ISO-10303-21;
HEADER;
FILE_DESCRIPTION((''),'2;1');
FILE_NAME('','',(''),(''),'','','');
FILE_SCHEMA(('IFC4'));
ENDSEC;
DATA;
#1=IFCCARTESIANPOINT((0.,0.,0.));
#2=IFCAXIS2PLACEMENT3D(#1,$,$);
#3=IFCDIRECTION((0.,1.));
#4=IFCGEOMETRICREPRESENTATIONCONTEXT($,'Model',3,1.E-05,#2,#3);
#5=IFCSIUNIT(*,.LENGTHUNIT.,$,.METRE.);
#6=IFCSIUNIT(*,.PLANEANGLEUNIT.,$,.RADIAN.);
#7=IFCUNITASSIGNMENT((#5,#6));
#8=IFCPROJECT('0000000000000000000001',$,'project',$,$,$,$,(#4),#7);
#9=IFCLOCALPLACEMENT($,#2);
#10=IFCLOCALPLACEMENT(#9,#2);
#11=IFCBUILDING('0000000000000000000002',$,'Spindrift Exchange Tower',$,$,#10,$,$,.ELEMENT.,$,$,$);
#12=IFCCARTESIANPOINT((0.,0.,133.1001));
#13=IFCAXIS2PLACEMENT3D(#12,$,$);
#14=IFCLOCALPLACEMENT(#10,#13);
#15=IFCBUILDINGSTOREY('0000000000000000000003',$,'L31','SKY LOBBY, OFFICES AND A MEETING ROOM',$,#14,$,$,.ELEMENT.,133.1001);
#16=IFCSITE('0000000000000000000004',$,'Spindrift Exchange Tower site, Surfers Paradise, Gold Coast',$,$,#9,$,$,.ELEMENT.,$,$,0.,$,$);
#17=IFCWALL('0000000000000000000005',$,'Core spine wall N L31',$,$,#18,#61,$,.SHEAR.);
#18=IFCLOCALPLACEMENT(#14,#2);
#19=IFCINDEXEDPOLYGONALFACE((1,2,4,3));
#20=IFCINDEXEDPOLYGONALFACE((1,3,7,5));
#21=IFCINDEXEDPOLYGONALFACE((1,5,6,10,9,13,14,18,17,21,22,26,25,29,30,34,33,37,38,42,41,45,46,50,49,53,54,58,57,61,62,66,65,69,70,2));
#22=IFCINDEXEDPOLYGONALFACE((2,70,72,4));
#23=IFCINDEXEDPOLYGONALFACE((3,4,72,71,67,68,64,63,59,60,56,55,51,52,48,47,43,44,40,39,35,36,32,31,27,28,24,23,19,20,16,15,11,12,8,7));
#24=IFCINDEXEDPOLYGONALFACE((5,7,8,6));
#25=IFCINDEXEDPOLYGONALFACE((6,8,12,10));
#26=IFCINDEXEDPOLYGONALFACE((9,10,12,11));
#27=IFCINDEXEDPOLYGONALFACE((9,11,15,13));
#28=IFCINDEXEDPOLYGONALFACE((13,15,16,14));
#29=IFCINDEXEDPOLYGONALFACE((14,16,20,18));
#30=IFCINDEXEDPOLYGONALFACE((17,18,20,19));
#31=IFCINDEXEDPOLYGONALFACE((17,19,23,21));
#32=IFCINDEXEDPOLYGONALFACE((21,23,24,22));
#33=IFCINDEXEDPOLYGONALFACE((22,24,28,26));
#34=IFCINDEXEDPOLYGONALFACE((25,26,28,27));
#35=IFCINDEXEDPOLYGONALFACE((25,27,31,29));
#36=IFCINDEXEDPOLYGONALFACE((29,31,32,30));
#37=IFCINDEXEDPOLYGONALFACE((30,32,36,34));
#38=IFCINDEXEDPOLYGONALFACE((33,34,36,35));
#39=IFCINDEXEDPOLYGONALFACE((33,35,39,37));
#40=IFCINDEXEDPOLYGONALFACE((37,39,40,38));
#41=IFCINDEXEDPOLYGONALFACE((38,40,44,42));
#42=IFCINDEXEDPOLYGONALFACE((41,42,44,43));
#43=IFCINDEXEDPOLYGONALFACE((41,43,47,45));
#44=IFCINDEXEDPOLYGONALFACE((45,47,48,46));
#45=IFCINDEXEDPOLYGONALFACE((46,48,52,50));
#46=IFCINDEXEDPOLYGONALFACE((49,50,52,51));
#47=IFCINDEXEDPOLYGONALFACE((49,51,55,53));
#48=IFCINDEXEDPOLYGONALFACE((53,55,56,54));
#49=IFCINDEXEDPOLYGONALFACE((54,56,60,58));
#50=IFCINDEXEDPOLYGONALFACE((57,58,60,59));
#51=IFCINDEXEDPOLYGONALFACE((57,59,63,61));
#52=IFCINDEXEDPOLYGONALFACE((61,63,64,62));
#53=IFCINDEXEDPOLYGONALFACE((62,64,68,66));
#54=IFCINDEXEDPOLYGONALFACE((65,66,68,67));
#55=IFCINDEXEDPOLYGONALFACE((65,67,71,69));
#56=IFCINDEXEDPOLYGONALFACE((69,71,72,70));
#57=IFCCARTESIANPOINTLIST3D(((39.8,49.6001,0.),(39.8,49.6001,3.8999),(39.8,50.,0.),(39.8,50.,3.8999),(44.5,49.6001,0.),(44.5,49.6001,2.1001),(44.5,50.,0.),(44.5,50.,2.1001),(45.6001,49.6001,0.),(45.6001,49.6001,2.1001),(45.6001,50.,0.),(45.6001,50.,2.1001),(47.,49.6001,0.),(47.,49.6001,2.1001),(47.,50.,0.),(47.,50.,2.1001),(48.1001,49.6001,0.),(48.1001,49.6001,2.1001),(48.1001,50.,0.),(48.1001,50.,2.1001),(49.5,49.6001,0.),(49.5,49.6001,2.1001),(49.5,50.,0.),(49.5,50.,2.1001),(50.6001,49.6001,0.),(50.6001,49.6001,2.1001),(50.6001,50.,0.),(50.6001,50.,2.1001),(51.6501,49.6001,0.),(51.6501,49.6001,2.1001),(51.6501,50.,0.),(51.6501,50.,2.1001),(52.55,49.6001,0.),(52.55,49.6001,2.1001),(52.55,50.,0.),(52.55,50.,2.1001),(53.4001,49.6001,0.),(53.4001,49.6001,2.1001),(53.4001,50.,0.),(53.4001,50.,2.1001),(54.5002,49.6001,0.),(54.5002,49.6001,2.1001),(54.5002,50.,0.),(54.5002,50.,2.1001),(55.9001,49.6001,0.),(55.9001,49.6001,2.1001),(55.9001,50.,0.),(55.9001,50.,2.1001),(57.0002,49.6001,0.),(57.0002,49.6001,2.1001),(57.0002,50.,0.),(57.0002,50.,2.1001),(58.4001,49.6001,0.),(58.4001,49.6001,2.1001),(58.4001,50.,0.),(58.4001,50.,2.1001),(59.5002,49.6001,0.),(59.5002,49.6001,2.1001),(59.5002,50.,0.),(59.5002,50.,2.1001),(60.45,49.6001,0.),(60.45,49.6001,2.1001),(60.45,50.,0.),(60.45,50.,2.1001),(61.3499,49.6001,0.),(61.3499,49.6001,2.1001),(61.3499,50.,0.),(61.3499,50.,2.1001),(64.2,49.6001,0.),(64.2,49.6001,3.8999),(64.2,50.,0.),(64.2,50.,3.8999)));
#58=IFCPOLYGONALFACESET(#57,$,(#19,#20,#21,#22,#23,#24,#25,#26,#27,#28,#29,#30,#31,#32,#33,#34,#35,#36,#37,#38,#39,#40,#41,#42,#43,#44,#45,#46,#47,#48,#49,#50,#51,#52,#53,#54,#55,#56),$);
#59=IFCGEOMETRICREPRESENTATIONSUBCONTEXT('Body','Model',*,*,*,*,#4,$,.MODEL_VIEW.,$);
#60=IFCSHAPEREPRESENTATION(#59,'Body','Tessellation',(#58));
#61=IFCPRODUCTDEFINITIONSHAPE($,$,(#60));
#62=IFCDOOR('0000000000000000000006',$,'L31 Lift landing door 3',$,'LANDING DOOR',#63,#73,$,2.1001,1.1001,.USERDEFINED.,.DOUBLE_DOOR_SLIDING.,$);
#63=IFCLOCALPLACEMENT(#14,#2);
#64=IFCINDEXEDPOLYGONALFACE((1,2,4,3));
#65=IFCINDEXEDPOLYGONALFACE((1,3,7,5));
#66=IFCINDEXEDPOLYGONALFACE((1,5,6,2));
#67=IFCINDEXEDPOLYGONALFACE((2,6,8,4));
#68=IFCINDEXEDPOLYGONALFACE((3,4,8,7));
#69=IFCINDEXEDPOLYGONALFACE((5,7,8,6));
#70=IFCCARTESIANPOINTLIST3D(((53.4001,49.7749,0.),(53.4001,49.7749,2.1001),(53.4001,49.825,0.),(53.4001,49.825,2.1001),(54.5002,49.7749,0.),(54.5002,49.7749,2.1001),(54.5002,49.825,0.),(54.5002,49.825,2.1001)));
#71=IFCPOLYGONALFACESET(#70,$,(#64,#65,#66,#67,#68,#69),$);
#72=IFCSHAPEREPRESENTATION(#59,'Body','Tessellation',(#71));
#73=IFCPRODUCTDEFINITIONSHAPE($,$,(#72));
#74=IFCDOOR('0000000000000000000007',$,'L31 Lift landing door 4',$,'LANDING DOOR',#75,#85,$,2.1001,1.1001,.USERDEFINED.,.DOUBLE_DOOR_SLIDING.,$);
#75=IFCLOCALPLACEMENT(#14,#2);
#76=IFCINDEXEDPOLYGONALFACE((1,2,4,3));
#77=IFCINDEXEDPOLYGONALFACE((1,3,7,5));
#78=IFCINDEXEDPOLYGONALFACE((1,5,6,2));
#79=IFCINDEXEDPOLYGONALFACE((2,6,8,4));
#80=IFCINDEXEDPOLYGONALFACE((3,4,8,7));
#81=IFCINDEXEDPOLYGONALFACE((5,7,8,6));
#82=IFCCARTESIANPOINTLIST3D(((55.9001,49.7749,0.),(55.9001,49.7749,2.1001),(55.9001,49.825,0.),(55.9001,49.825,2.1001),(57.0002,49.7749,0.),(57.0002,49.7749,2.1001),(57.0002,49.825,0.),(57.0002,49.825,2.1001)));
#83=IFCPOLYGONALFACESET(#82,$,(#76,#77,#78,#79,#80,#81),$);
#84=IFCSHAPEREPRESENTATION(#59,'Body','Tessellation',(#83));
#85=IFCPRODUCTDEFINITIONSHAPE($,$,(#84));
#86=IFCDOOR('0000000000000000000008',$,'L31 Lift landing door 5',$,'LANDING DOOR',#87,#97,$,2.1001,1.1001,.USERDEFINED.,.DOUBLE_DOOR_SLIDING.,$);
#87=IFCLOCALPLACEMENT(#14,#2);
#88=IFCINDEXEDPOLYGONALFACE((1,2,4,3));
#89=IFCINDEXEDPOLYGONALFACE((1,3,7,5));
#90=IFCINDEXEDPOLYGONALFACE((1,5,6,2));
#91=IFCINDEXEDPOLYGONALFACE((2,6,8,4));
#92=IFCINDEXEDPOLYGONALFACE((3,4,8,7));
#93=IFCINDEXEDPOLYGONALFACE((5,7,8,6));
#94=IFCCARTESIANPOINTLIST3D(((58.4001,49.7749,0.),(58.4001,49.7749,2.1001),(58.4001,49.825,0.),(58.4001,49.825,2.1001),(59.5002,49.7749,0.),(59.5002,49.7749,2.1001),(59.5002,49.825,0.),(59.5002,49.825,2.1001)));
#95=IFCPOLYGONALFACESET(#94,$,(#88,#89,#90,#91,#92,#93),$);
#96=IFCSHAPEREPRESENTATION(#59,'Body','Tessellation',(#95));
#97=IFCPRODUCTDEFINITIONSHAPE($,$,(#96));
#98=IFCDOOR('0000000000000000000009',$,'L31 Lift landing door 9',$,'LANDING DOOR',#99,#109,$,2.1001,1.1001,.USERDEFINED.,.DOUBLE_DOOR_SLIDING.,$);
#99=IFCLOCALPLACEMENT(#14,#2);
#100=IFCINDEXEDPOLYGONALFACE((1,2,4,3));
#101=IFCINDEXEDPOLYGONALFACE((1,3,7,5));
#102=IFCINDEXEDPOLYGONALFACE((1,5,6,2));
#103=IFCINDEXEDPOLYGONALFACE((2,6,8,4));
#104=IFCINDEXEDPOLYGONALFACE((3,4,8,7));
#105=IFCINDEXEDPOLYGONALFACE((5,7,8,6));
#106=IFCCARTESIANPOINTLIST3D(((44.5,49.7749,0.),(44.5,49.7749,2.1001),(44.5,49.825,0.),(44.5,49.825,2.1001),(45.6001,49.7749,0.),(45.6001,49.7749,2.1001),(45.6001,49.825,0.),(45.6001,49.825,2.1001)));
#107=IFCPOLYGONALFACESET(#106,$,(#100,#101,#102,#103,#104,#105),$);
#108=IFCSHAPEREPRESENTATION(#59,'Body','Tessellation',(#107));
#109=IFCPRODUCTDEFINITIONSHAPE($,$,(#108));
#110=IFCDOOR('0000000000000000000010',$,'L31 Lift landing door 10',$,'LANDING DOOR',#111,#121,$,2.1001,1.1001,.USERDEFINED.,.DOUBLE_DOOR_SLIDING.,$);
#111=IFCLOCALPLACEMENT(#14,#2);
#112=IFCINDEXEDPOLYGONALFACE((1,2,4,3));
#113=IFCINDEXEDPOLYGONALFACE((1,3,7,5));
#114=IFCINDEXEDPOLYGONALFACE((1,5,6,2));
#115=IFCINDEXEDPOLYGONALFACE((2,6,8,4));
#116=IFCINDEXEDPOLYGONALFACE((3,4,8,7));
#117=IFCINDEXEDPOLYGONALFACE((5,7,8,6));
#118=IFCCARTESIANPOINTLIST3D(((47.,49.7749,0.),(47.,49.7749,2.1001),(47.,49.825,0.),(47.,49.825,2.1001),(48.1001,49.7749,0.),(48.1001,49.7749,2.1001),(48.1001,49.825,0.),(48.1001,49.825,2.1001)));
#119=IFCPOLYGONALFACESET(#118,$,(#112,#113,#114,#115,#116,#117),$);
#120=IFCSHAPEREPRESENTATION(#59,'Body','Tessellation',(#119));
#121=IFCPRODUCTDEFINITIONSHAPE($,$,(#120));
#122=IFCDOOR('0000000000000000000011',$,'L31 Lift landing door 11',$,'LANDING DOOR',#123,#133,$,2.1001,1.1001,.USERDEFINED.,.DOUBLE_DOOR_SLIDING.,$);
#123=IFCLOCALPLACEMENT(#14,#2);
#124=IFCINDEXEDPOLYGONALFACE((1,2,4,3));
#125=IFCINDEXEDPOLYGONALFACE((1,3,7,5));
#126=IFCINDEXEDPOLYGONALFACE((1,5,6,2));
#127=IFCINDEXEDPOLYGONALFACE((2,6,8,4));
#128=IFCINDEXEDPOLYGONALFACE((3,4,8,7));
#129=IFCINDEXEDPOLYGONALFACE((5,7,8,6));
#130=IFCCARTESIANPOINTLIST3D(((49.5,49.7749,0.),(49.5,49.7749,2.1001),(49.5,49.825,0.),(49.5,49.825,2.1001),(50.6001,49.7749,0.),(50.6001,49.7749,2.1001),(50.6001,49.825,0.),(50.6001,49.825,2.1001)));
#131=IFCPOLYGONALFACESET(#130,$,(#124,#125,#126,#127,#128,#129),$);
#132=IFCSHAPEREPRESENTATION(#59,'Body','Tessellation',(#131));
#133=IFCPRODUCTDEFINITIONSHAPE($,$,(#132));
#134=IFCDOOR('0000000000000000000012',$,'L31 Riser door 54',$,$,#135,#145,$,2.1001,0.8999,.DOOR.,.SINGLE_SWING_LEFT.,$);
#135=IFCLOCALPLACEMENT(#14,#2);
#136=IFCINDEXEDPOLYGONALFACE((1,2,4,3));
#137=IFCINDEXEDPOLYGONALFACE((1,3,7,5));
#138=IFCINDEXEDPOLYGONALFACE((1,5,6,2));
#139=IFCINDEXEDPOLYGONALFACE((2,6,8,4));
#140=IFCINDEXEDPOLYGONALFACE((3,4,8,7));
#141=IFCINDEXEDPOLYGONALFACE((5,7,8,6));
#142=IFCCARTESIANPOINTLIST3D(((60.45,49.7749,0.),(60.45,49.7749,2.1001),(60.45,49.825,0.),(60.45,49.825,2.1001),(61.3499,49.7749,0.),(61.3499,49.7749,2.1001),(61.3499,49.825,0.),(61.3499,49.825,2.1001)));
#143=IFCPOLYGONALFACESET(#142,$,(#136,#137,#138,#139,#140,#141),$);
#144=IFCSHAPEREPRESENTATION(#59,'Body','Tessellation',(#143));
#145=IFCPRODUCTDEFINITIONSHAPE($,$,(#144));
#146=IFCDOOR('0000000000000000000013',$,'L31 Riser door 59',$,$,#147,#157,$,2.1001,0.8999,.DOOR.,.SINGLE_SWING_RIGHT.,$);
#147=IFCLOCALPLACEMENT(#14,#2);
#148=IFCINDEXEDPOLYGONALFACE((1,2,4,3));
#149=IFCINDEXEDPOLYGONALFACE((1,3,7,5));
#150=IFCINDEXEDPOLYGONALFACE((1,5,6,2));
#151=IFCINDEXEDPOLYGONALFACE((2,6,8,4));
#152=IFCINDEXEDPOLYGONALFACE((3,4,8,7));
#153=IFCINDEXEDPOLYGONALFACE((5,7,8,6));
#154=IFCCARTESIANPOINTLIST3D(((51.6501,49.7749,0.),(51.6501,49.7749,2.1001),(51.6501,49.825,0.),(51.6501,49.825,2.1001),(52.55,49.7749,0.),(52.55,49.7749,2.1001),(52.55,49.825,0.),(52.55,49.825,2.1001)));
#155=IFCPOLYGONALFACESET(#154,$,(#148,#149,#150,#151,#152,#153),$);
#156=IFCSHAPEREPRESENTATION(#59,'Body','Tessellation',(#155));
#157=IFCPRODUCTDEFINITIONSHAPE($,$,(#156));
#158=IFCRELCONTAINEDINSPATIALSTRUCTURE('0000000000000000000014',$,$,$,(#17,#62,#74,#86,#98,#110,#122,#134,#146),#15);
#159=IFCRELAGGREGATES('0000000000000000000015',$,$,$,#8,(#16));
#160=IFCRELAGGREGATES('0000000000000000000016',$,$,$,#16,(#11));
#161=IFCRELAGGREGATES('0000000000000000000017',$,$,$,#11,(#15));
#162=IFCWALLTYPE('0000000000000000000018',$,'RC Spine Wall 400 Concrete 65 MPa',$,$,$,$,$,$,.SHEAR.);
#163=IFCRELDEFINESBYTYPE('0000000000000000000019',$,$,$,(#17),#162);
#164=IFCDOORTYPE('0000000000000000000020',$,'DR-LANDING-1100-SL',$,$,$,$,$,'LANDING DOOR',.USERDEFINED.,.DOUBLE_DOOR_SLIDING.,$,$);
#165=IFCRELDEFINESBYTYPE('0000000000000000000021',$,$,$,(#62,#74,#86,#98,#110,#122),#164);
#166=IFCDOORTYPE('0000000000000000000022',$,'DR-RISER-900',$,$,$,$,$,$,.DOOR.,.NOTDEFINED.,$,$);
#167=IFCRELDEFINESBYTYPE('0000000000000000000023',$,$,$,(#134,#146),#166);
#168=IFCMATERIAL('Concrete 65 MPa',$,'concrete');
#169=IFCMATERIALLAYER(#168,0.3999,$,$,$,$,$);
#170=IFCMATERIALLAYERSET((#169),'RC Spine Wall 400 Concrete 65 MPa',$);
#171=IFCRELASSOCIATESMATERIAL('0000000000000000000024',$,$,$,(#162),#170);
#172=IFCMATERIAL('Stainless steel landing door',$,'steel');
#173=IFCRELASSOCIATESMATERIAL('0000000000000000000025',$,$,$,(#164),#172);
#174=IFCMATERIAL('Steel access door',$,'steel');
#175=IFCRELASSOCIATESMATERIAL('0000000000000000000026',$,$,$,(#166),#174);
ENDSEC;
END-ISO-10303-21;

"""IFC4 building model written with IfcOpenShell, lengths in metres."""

from ifc_helpers import new_model, si_unit, direction, frame, frame_2d, origin, place, context, subcontext, project, spatial, rectangle, extrude, source, transform, mapped, material, layer, layer_set, type_object, element, fill, save


model = new_model("IFC4")

# Units and contexts
model_context = context("Model", 3, precision=1e-05, world=origin(), true_north=direction((0.0, 1.0)))
body_context = subcontext(model_context, "Body", "Model", "MODEL_VIEW")
ifc_project = project(units=[si_unit("LENGTHUNIT", "METRE"), si_unit("PLANEANGLEUNIT", "RADIAN")], contexts=[model_context])

# Site, building, storey
site_placement = place(None, origin())
site = spatial("IfcSite", under=ifc_project, at=site_placement, Name="Spindrift Exchange Tower site, Surfers Paradise, Gold Coast", CompositionType="ELEMENT", RefElevation=0.0)
building_placement = place(site_placement, origin())
building = spatial("IfcBuilding", under=site, at=building_placement, Name="Spindrift Exchange Tower", CompositionType="ELEMENT")
storey_placement = place(building_placement, frame((0.0, 0.0, 133.1001)))
storey = spatial("IfcBuildingStorey", under=building, at=storey_placement, Name="L31", Description="SKY LOBBY, OFFICES AND A MEETING ROOM", CompositionType="ELEMENT", Elevation=133.1001)

# Wall, openings, doors
ifc_material_1 = material(Name="Concrete 65 MPa", Category="concrete")
ifc_layer = layer(ifc_material_1, 0.3999)
ifc_layer_set = layer_set([ifc_layer], Name="RC Spine Wall 400 Concrete 65 MPa")
wall_type = type_object("IfcWallType", Name="RC Spine Wall 400 Concrete 65 MPa", PredefinedType="SHEAR", material=ifc_layer_set)
wall_placement = place(storey_placement, frame((39.8, 49.8, 0.0), z_axis=(0.0, 0.0, 1.0), x_axis=(1.0, 0.0, 0.0)))
wall = element("IfcWall", 1, at=wall_placement, inside=storey, type_object=wall_type, Name="Core spine wall N L31", PredefinedType="SHEAR", context=body_context, shape_type="SweptSolid", body=[
    extrude(rectangle(XDim=24.3999, YDim=0.3999, at=frame_2d((12.2, 0.0))), origin(), (0.0, 0.0, 1.0), 3.8999),
])
opening_1_placement = place(wall_placement, frame((13.6001, 0.0, 0.0)))
opening_1 = element("IfcOpeningElement", 2, at=opening_1_placement, cuts=wall, PredefinedType="OPENING", context=body_context, shape_type="SweptSolid", body=[
    extrude(rectangle(XDim=1.1001, YDim=2.1001, at=frame_2d((0.55, 1.05))), frame((0.0, 0.21, 0.0), z_axis=(0.0, -1.0, 0.0), x_axis=(1.0, 0.0, 0.0)), (0.0, 0.0, 1.0), 0.4199),
])
opening_2_placement = place(wall_placement, frame((16.1001, 0.0, 0.0)))
opening_2 = element("IfcOpeningElement", 3, at=opening_2_placement, cuts=wall, PredefinedType="OPENING", context=body_context, shape_type="SweptSolid", body=[
    extrude(rectangle(XDim=1.1001, YDim=2.1001, at=frame_2d((0.55, 1.05))), frame((0.0, 0.21, 0.0), z_axis=(0.0, -1.0, 0.0), x_axis=(1.0, 0.0, 0.0)), (0.0, 0.0, 1.0), 0.4199),
])
opening_3_placement = place(wall_placement, frame((18.6001, 0.0, 0.0)))
opening_3 = element("IfcOpeningElement", 4, at=opening_3_placement, cuts=wall, PredefinedType="OPENING", context=body_context, shape_type="SweptSolid", body=[
    extrude(rectangle(XDim=1.1001, YDim=2.1001, at=frame_2d((0.55, 1.05))), frame((0.0, 0.21, 0.0), z_axis=(0.0, -1.0, 0.0), x_axis=(1.0, 0.0, 0.0)), (0.0, 0.0, 1.0), 0.4199),
])
opening_4_placement = place(wall_placement, frame((4.7, 0.0, 0.0)))
opening_4 = element("IfcOpeningElement", 5, at=opening_4_placement, cuts=wall, PredefinedType="OPENING", context=body_context, shape_type="SweptSolid", body=[
    extrude(rectangle(XDim=1.1001, YDim=2.1001, at=frame_2d((0.55, 1.05))), frame((0.0, 0.21, 0.0), z_axis=(0.0, -1.0, 0.0), x_axis=(1.0, 0.0, 0.0)), (0.0, 0.0, 1.0), 0.4199),
])
opening_5_placement = place(wall_placement, frame((7.2, 0.0, 0.0)))
opening_5 = element("IfcOpeningElement", 6, at=opening_5_placement, cuts=wall, PredefinedType="OPENING", context=body_context, shape_type="SweptSolid", body=[
    extrude(rectangle(XDim=1.1001, YDim=2.1001, at=frame_2d((0.55, 1.05))), frame((0.0, 0.21, 0.0), z_axis=(0.0, -1.0, 0.0), x_axis=(1.0, 0.0, 0.0)), (0.0, 0.0, 1.0), 0.4199),
])
opening_6_placement = place(wall_placement, frame((9.7, 0.0, 0.0)))
opening_6 = element("IfcOpeningElement", 7, at=opening_6_placement, cuts=wall, PredefinedType="OPENING", context=body_context, shape_type="SweptSolid", body=[
    extrude(rectangle(XDim=1.1001, YDim=2.1001, at=frame_2d((0.55, 1.05))), frame((0.0, 0.21, 0.0), z_axis=(0.0, -1.0, 0.0), x_axis=(1.0, 0.0, 0.0)), (0.0, 0.0, 1.0), 0.4199),
])
opening_7_placement = place(wall_placement, frame((20.6499, 0.0, 0.0)))
opening_7 = element("IfcOpeningElement", 8, at=opening_7_placement, cuts=wall, PredefinedType="OPENING", context=body_context, shape_type="SweptSolid", body=[
    extrude(rectangle(XDim=0.8999, YDim=2.1001, at=frame_2d((0.45, 1.05))), frame((0.0, 0.21, 0.0), z_axis=(0.0, -1.0, 0.0), x_axis=(1.0, 0.0, 0.0)), (0.0, 0.0, 1.0), 0.4199),
])
opening_8_placement = place(wall_placement, frame((11.8501, 0.0, 0.0)))
opening_8 = element("IfcOpeningElement", 9, at=opening_8_placement, cuts=wall, PredefinedType="OPENING", context=body_context, shape_type="SweptSolid", body=[
    extrude(rectangle(XDim=0.8999, YDim=2.1001, at=frame_2d((0.45, 1.05))), frame((0.0, 0.21, 0.0), z_axis=(0.0, -1.0, 0.0), x_axis=(1.0, 0.0, 0.0)), (0.0, 0.0, 1.0), 0.4199),
])
ifc_material_2 = material(Name="Stainless steel landing door", Category="steel")
door_type_1 = type_object("IfcDoorType", Name="DR-LANDING-1100-SL", ElementType="LANDING DOOR", OperationType="DOUBLE_DOOR_SLIDING", PredefinedType="USERDEFINED", material=ifc_material_2)
shared_shape_1 = source(origin(), body_context, "Body", "SweptSolid", [
    extrude(rectangle(XDim=1.1001, YDim=2.1001, at=frame_2d((0.55, 1.05))), frame((0.0, 0.0249, 0.0), z_axis=(0.0, -1.0, 0.0), x_axis=(1.0, 0.0, 0.0)), (0.0, 0.0, 1.0), 0.05),
])
door_1_placement = place(opening_1_placement, origin())
door_1 = element("IfcDoor", 10, at=door_1_placement, inside=storey, type_object=door_type_1, Name="L31 Lift landing door 3", ObjectType="LANDING DOOR", OperationType="DOUBLE_DOOR_SLIDING", OverallHeight=2.1001, OverallWidth=1.1001, PredefinedType="USERDEFINED", context=body_context, shape_type="MappedRepresentation", body=[
    mapped(shared_shape_1, transform((0.0, 0.0, 0.0), scale=1.0)),
])
fill(opening_1, door_1)
door_2_placement = place(opening_2_placement, origin())
door_2 = element("IfcDoor", 11, at=door_2_placement, inside=storey, type_object=door_type_1, Name="L31 Lift landing door 4", ObjectType="LANDING DOOR", OperationType="DOUBLE_DOOR_SLIDING", OverallHeight=2.1001, OverallWidth=1.1001, PredefinedType="USERDEFINED", context=body_context, shape_type="MappedRepresentation", body=[
    mapped(shared_shape_1, transform((0.0, 0.0, 0.0), scale=1.0)),
])
fill(opening_2, door_2)
door_3_placement = place(opening_3_placement, origin())
door_3 = element("IfcDoor", 12, at=door_3_placement, inside=storey, type_object=door_type_1, Name="L31 Lift landing door 5", ObjectType="LANDING DOOR", OperationType="DOUBLE_DOOR_SLIDING", OverallHeight=2.1001, OverallWidth=1.1001, PredefinedType="USERDEFINED", context=body_context, shape_type="MappedRepresentation", body=[
    mapped(shared_shape_1, transform((0.0, 0.0, 0.0), scale=1.0)),
])
fill(opening_3, door_3)
door_4_placement = place(opening_4_placement, origin())
door_4 = element("IfcDoor", 13, at=door_4_placement, inside=storey, type_object=door_type_1, Name="L31 Lift landing door 9", ObjectType="LANDING DOOR", OperationType="DOUBLE_DOOR_SLIDING", OverallHeight=2.1001, OverallWidth=1.1001, PredefinedType="USERDEFINED", context=body_context, shape_type="MappedRepresentation", body=[
    mapped(shared_shape_1, transform((0.0, 0.0, 0.0), scale=1.0)),
])
fill(opening_4, door_4)
door_5_placement = place(opening_5_placement, origin())
door_5 = element("IfcDoor", 14, at=door_5_placement, inside=storey, type_object=door_type_1, Name="L31 Lift landing door 10", ObjectType="LANDING DOOR", OperationType="DOUBLE_DOOR_SLIDING", OverallHeight=2.1001, OverallWidth=1.1001, PredefinedType="USERDEFINED", context=body_context, shape_type="MappedRepresentation", body=[
    mapped(shared_shape_1, transform((0.0, 0.0, 0.0), scale=1.0)),
])
fill(opening_5, door_5)
door_6_placement = place(opening_6_placement, origin())
door_6 = element("IfcDoor", 15, at=door_6_placement, inside=storey, type_object=door_type_1, Name="L31 Lift landing door 11", ObjectType="LANDING DOOR", OperationType="DOUBLE_DOOR_SLIDING", OverallHeight=2.1001, OverallWidth=1.1001, PredefinedType="USERDEFINED", context=body_context, shape_type="MappedRepresentation", body=[
    mapped(shared_shape_1, transform((0.0, 0.0, 0.0), scale=1.0)),
])
fill(opening_6, door_6)
ifc_material_3 = material(Name="Steel access door", Category="steel")
door_type_2 = type_object("IfcDoorType", Name="DR-RISER-900", OperationType="NOTDEFINED", PredefinedType="DOOR", material=ifc_material_3)
shared_shape_2 = source(origin(), body_context, "Body", "SweptSolid", [
    extrude(rectangle(XDim=0.8999, YDim=2.1001, at=frame_2d((0.45, 1.05))), frame((0.0, 0.0249, 0.0), z_axis=(0.0, -1.0, 0.0), x_axis=(1.0, 0.0, 0.0)), (0.0, 0.0, 1.0), 0.05),
])
door_7_placement = place(opening_7_placement, origin())
door_7 = element("IfcDoor", 16, at=door_7_placement, inside=storey, type_object=door_type_2, Name="L31 Riser door 54", OperationType="SINGLE_SWING_LEFT", OverallHeight=2.1001, OverallWidth=0.8999, PredefinedType="DOOR", context=body_context, shape_type="MappedRepresentation", body=[
    mapped(shared_shape_2, transform((0.0, 0.0, 0.0), scale=1.0)),
])
fill(opening_7, door_7)
door_8_placement = place(opening_8_placement, origin())
door_8 = element("IfcDoor", 17, at=door_8_placement, inside=storey, type_object=door_type_2, Name="L31 Riser door 59", OperationType="SINGLE_SWING_RIGHT", OverallHeight=2.1001, OverallWidth=0.8999, PredefinedType="DOOR", context=body_context, shape_type="MappedRepresentation", body=[
    mapped(shared_shape_2, transform((0.0, 0.0, 0.0), scale=1.0)),
])
fill(opening_8, door_8)

save(model, "model.ifc")
